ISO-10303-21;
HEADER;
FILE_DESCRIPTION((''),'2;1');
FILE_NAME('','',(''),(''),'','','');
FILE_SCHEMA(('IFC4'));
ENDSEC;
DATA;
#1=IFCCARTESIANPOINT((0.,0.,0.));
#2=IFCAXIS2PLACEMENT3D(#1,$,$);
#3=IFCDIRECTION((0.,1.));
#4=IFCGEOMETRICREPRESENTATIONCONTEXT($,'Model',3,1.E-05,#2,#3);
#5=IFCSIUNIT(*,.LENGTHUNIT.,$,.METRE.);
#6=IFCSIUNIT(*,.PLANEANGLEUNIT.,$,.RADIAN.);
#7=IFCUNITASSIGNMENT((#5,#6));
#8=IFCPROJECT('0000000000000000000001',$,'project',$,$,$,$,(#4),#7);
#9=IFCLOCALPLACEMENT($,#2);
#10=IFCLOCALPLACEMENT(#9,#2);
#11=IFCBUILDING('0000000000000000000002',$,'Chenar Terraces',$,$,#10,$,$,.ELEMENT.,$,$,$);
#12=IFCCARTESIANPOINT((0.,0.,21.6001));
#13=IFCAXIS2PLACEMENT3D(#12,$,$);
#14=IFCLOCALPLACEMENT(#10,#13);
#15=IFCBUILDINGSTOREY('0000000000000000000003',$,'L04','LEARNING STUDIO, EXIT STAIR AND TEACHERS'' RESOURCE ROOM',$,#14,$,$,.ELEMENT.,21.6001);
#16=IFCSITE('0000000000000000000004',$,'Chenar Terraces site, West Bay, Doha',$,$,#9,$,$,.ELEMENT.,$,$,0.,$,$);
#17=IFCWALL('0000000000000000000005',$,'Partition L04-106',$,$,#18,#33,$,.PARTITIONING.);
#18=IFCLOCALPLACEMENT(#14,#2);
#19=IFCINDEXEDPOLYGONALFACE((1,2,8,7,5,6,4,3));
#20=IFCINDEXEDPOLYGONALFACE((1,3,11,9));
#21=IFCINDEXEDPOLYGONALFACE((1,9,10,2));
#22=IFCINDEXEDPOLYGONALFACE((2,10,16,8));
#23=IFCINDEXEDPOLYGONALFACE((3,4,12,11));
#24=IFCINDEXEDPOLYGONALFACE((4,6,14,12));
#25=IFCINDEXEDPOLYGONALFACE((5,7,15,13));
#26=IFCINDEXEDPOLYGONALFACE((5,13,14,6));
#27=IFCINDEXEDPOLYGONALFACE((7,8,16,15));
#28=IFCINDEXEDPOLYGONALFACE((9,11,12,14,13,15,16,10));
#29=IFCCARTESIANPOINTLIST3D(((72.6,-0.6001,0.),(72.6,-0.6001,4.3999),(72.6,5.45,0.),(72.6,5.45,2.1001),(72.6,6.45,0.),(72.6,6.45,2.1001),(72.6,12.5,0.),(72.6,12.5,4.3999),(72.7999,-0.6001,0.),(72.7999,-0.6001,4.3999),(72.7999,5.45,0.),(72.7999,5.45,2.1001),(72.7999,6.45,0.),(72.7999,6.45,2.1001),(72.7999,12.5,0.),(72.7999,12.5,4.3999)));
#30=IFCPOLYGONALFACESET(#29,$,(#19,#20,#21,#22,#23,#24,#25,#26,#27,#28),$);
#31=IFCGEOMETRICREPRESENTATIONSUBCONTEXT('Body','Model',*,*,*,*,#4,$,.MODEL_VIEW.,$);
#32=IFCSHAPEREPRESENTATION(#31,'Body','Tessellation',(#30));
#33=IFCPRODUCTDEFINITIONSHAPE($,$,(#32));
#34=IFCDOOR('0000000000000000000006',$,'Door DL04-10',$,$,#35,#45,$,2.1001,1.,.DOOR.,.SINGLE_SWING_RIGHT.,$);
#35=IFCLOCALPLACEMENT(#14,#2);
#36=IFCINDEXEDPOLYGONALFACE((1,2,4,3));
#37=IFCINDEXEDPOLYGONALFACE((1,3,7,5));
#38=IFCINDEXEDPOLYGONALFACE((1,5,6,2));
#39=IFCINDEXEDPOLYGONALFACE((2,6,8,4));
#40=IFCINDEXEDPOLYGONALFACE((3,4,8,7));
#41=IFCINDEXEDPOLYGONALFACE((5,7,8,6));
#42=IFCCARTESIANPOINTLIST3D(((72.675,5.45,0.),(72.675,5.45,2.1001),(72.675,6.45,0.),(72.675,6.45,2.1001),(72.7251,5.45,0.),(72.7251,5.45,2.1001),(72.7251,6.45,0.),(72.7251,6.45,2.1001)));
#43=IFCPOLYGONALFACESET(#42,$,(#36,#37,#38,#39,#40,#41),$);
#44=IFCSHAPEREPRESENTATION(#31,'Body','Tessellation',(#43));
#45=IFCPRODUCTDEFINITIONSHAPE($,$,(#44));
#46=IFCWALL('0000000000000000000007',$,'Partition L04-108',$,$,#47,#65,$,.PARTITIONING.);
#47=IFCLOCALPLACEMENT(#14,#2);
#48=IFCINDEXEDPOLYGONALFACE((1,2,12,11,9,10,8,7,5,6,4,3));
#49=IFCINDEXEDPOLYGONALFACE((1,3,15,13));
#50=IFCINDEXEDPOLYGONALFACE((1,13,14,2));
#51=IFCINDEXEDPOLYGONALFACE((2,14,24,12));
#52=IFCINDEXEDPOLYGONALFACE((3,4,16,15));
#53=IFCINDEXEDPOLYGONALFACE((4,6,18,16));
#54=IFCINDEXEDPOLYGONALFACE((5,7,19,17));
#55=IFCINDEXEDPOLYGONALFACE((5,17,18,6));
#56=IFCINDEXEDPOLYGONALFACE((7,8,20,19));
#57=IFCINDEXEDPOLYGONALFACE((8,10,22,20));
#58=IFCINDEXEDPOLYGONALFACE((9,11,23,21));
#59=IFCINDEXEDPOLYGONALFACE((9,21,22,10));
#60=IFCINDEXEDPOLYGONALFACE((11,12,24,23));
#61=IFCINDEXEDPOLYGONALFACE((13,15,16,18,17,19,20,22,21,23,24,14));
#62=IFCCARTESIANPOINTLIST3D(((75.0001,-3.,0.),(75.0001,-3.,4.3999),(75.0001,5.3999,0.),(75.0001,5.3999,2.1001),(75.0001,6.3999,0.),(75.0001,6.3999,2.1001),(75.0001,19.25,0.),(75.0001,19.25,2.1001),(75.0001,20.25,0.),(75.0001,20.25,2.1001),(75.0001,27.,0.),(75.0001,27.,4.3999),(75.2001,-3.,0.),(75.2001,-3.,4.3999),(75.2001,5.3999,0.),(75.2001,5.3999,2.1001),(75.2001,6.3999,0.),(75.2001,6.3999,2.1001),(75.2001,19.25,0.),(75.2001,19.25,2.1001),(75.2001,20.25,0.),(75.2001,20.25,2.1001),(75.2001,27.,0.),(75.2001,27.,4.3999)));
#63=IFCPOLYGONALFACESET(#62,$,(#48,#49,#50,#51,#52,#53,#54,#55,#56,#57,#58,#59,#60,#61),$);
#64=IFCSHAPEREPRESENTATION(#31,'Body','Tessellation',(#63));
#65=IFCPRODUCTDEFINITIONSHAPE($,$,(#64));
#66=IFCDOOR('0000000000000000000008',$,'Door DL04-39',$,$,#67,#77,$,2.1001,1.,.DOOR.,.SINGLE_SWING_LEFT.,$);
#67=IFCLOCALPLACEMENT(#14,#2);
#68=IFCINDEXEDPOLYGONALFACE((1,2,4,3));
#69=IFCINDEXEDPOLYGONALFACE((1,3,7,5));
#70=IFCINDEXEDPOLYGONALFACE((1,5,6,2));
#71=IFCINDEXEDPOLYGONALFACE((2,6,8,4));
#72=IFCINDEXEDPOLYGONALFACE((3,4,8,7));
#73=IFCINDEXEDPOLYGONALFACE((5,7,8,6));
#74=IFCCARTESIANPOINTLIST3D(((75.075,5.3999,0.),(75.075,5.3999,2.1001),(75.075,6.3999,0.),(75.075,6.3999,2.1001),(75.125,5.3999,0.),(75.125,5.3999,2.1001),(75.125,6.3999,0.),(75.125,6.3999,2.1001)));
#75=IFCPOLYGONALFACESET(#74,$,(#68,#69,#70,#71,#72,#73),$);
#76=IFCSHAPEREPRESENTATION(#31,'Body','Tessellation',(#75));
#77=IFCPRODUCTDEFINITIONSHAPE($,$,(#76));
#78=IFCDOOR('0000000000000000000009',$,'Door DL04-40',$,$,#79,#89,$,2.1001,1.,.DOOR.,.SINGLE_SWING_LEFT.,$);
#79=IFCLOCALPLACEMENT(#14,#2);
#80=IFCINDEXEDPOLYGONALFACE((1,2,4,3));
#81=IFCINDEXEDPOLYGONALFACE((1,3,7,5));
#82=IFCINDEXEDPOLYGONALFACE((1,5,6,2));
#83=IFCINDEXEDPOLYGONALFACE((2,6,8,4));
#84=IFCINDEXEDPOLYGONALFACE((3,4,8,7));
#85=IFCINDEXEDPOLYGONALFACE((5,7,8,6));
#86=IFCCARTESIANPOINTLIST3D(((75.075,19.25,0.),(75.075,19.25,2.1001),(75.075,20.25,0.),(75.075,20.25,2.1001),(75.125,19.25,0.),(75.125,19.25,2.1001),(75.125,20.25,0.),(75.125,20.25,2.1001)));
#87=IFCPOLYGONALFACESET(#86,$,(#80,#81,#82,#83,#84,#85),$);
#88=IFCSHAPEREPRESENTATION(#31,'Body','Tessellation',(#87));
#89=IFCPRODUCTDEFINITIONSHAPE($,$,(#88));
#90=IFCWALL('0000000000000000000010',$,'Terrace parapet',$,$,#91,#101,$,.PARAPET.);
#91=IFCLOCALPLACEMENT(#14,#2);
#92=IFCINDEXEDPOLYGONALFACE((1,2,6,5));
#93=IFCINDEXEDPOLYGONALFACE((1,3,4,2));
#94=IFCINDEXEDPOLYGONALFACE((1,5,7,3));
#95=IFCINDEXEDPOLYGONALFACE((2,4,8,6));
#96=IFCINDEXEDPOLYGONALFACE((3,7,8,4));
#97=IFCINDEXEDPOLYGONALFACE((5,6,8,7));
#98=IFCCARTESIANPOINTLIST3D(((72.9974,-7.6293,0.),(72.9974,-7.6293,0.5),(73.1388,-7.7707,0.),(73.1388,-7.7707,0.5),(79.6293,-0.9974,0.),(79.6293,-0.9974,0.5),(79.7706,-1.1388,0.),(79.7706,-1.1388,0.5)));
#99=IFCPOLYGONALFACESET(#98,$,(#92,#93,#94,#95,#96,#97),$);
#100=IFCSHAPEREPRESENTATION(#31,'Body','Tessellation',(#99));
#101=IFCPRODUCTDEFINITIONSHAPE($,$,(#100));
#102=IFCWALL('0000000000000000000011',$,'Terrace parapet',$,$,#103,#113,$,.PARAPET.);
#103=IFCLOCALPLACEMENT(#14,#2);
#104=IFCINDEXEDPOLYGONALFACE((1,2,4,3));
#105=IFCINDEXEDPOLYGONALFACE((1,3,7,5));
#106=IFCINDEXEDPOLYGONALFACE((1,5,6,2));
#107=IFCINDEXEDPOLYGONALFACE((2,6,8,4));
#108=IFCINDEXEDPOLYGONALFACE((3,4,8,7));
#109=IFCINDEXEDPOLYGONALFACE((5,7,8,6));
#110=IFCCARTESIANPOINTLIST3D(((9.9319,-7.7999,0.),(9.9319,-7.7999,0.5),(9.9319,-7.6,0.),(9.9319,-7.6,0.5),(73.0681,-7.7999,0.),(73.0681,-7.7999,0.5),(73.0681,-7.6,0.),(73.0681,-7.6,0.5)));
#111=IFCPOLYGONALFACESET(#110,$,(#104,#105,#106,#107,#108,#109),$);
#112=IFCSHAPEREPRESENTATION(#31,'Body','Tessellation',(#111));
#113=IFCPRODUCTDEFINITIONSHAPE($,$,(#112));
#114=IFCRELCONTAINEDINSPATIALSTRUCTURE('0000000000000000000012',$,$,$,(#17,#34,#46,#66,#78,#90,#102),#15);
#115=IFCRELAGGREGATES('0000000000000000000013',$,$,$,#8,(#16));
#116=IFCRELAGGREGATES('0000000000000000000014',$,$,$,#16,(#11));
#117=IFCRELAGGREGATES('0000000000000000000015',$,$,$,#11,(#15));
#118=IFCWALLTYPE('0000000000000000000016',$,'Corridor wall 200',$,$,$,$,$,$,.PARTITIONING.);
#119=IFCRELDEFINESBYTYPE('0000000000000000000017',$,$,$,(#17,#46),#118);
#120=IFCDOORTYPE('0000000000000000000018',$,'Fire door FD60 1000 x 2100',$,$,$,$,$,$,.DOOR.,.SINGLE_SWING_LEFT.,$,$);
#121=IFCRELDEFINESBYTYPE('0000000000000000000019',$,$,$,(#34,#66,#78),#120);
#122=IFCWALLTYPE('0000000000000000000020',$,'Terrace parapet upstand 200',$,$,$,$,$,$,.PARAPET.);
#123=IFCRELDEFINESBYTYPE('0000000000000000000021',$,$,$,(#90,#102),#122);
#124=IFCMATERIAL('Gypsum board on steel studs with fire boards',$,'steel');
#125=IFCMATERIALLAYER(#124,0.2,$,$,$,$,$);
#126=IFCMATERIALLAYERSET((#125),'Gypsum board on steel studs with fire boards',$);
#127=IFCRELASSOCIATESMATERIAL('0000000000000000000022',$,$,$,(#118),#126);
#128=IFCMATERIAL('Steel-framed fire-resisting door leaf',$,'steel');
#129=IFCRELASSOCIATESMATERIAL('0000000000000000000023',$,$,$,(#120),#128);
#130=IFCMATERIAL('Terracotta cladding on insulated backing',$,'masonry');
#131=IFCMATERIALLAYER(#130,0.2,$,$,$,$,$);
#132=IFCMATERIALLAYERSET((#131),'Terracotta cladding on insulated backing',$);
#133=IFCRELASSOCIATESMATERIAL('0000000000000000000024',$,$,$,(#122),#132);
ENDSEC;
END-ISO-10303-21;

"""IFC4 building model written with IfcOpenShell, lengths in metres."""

from ifc_helpers import new_model, si_unit, direction, frame, frame_2d, origin, place, context, subcontext, project, spatial, rectangle, extrude, material, layer, layer_set, type_object, element, fill, save


model = new_model("IFC4")

# Units and contexts
model_context = context("Model", 3, precision=1e-05, world=origin(), true_north=direction((0.0, 1.0)))
body_context = subcontext(model_context, "Body", "Model", "MODEL_VIEW")
ifc_project = project(units=[si_unit("LENGTHUNIT", "METRE"), si_unit("PLANEANGLEUNIT", "RADIAN")], contexts=[model_context])

# Site, building, storey
site_placement = place(None, origin())
site = spatial("IfcSite", under=ifc_project, at=site_placement, Name="Chenar Terraces site, West Bay, Doha", CompositionType="ELEMENT", RefElevation=0.0)
building_placement = place(site_placement, origin())
building = spatial("IfcBuilding", under=site, at=building_placement, Name="Chenar Terraces", CompositionType="ELEMENT")
storey_placement = place(building_placement, frame((0.0, 0.0, 21.6001)))
storey = spatial("IfcBuildingStorey", under=building, at=storey_placement, Name="L04", Description="LEARNING STUDIO, EXIT STAIR AND TEACHERS' RESOURCE ROOM", CompositionType="ELEMENT", Elevation=21.6001)

# Wall, opening, door
ifc_material_1 = material(Name="Gypsum board on steel studs with fire boards", Category="steel")
ifc_layer_1 = layer(ifc_material_1, 0.2)
ifc_layer_set_1 = layer_set([ifc_layer_1], Name="Gypsum board on steel studs with fire boards")
wall_type_1 = type_object("IfcWallType", Name="Corridor wall 200", PredefinedType="PARTITIONING", material=ifc_layer_set_1)
wall_1_placement = place(storey_placement, frame((72.7, -0.6001, 0.0), z_axis=(0.0, 0.0, 1.0), x_axis=(0.0, 1.0, 0.0)))
wall_1 = element("IfcWall", 1, at=wall_1_placement, inside=storey, type_object=wall_type_1, Name="Partition L04-106", PredefinedType="PARTITIONING", context=body_context, shape_type="SweptSolid", body=[
    extrude(rectangle(XDim=13.1001, YDim=0.2, at=frame_2d((6.55, 0.0))), origin(), (0.0, 0.0, 1.0), 4.3999),
])
opening_1_placement = place(wall_1_placement, frame((6.05, 0.0, 0.0)))
opening_1 = element("IfcOpeningElement", 2, at=opening_1_placement, cuts=wall_1, PredefinedType="OPENING", context=body_context, shape_type="SweptSolid", body=[
    extrude(rectangle(XDim=1.0, YDim=2.1001, at=frame_2d((0.5, 1.05))), frame((0.0, 0.1099, 0.0), z_axis=(0.0, -1.0, 0.0), x_axis=(1.0, 0.0, 0.0)), (0.0, 0.0, 1.0), 0.22),
])
ifc_material_2 = material(Name="Steel-framed fire-resisting door leaf", Category="steel")
door_type_1 = type_object("IfcDoorType", Name="Fire door FD60 1000 x 2100", OperationType="SINGLE_SWING_LEFT", PredefinedType="DOOR", material=ifc_material_2)
door_1_placement = place(opening_1_placement, origin())
door_1 = element("IfcDoor", 3, at=door_1_placement, inside=storey, type_object=door_type_1, Name="Door DL04-10", OperationType="SINGLE_SWING_RIGHT", OverallHeight=2.1001, OverallWidth=1.0, PredefinedType="DOOR", context=body_context, shape_type="SweptSolid", body=[
    extrude(rectangle(XDim=1.0, YDim=2.1001, at=frame_2d((0.5, 1.05))), frame((0.0, 0.0249, 0.0), z_axis=(0.0, -1.0, 0.0), x_axis=(1.0, 0.0, 0.0)), (0.0, 0.0, 1.0), 0.05),
])
fill(opening_1, door_1)

# Wall, openings, doors
wall_2_placement = place(storey_placement, frame((75.1001, -3.0, 0.0), z_axis=(0.0, 0.0, 1.0), x_axis=(0.0, 1.0, 0.0)))
wall_2 = element("IfcWall", 4, at=wall_2_placement, inside=storey, type_object=wall_type_1, Name="Partition L04-108", PredefinedType="PARTITIONING", context=body_context, shape_type="SweptSolid", body=[
    extrude(rectangle(XDim=30.0, YDim=0.2, at=frame_2d((15.0, 0.0))), origin(), (0.0, 0.0, 1.0), 4.3999),
])
opening_2_placement = place(wall_2_placement, frame((8.3999, 0.0, 0.0)))
opening_2 = element("IfcOpeningElement", 5, at=opening_2_placement, cuts=wall_2, PredefinedType="OPENING", context=body_context, shape_type="SweptSolid", body=[
    extrude(rectangle(XDim=1.0, YDim=2.1001, at=frame_2d((0.5, 1.05))), frame((0.0, 0.1099, 0.0), z_axis=(0.0, -1.0, 0.0), x_axis=(1.0, 0.0, 0.0)), (0.0, 0.0, 1.0), 0.22),
])
opening_3_placement = place(wall_2_placement, frame((22.25, 0.0, 0.0)))
opening_3 = element("IfcOpeningElement", 6, at=opening_3_placement, cuts=wall_2, PredefinedType="OPENING", context=body_context, shape_type="SweptSolid", body=[
    extrude(rectangle(XDim=1.0, YDim=2.1001, at=frame_2d((0.5, 1.05))), frame((0.0, 0.1099, 0.0), z_axis=(0.0, -1.0, 0.0), x_axis=(1.0, 0.0, 0.0)), (0.0, 0.0, 1.0), 0.22),
])
door_2_placement = place(opening_2_placement, frame((1.0, 0.0, 0.0), z_axis=(0.0, 0.0, 1.0), x_axis=(-1.0, 0.0, 0.0)))
door_2 = element("IfcDoor", 7, at=door_2_placement, inside=storey, type_object=door_type_1, Name="Door DL04-39", OperationType="SINGLE_SWING_LEFT", OverallHeight=2.1001, OverallWidth=1.0, PredefinedType="DOOR", context=body_context, shape_type="SweptSolid", body=[
    extrude(rectangle(XDim=1.0, YDim=2.1001, at=frame_2d((0.5, 1.05))), frame((0.0, 0.0249, 0.0), z_axis=(0.0, -1.0, 0.0), x_axis=(1.0, 0.0, 0.0)), (0.0, 0.0, 1.0), 0.05),
])
fill(opening_2, door_2)
door_3_placement = place(opening_3_placement, frame((1.0, 0.0, 0.0), z_axis=(0.0, 0.0, 1.0), x_axis=(-1.0, 0.0, 0.0)))
door_3 = element("IfcDoor", 8, at=door_3_placement, inside=storey, type_object=door_type_1, Name="Door DL04-40", OperationType="SINGLE_SWING_LEFT", OverallHeight=2.1001, OverallWidth=1.0, PredefinedType="DOOR", context=body_context, shape_type="SweptSolid", body=[
    extrude(rectangle(XDim=1.0, YDim=2.1001, at=frame_2d((0.5, 1.05))), frame((0.0, 0.0249, 0.0), z_axis=(0.0, -1.0, 0.0), x_axis=(1.0, 0.0, 0.0)), (0.0, 0.0, 1.0), 0.05),
])
fill(opening_3, door_3)

# Walls
ifc_material_3 = material(Name="Terracotta cladding on insulated backing", Category="masonry")
ifc_layer_2 = layer(ifc_material_3, 0.2)
ifc_layer_set_2 = layer_set([ifc_layer_2], Name="Terracotta cladding on insulated backing")
wall_type_2 = type_object("IfcWallType", Name="Terrace parapet upstand 200", PredefinedType="PARAPET", material=ifc_layer_set_2)
wall_3_placement = place(storey_placement, frame((79.7, -1.0681, 0.0), z_axis=(0.0, 0.0, 1.0), x_axis=(-0.707107, -0.707107, 0.0)))
element("IfcWall", 9, at=wall_3_placement, inside=storey, type_object=wall_type_2, Name="Terrace parapet", PredefinedType="PARAPET", context=body_context, shape_type="SweptSolid", body=[
    extrude(rectangle(XDim=9.3789, YDim=0.2, at=frame_2d((4.6895, 0.0))), origin(), (0.0, 0.0, 1.0), 0.5),
])
wall_4_placement = place(storey_placement, frame((73.0681, -7.7, 0.0), z_axis=(0.0, 0.0, 1.0), x_axis=(-1.0, 0.0, 0.0)))
element("IfcWall", 10, at=wall_4_placement, inside=storey, type_object=wall_type_2, Name="Terrace parapet", PredefinedType="PARAPET", context=body_context, shape_type="SweptSolid", body=[
    extrude(rectangle(XDim=63.1362, YDim=0.2, at=frame_2d((31.5681, 0.0))), origin(), (0.0, 0.0, 1.0), 0.5),
])

save(model, "model.ifc")
